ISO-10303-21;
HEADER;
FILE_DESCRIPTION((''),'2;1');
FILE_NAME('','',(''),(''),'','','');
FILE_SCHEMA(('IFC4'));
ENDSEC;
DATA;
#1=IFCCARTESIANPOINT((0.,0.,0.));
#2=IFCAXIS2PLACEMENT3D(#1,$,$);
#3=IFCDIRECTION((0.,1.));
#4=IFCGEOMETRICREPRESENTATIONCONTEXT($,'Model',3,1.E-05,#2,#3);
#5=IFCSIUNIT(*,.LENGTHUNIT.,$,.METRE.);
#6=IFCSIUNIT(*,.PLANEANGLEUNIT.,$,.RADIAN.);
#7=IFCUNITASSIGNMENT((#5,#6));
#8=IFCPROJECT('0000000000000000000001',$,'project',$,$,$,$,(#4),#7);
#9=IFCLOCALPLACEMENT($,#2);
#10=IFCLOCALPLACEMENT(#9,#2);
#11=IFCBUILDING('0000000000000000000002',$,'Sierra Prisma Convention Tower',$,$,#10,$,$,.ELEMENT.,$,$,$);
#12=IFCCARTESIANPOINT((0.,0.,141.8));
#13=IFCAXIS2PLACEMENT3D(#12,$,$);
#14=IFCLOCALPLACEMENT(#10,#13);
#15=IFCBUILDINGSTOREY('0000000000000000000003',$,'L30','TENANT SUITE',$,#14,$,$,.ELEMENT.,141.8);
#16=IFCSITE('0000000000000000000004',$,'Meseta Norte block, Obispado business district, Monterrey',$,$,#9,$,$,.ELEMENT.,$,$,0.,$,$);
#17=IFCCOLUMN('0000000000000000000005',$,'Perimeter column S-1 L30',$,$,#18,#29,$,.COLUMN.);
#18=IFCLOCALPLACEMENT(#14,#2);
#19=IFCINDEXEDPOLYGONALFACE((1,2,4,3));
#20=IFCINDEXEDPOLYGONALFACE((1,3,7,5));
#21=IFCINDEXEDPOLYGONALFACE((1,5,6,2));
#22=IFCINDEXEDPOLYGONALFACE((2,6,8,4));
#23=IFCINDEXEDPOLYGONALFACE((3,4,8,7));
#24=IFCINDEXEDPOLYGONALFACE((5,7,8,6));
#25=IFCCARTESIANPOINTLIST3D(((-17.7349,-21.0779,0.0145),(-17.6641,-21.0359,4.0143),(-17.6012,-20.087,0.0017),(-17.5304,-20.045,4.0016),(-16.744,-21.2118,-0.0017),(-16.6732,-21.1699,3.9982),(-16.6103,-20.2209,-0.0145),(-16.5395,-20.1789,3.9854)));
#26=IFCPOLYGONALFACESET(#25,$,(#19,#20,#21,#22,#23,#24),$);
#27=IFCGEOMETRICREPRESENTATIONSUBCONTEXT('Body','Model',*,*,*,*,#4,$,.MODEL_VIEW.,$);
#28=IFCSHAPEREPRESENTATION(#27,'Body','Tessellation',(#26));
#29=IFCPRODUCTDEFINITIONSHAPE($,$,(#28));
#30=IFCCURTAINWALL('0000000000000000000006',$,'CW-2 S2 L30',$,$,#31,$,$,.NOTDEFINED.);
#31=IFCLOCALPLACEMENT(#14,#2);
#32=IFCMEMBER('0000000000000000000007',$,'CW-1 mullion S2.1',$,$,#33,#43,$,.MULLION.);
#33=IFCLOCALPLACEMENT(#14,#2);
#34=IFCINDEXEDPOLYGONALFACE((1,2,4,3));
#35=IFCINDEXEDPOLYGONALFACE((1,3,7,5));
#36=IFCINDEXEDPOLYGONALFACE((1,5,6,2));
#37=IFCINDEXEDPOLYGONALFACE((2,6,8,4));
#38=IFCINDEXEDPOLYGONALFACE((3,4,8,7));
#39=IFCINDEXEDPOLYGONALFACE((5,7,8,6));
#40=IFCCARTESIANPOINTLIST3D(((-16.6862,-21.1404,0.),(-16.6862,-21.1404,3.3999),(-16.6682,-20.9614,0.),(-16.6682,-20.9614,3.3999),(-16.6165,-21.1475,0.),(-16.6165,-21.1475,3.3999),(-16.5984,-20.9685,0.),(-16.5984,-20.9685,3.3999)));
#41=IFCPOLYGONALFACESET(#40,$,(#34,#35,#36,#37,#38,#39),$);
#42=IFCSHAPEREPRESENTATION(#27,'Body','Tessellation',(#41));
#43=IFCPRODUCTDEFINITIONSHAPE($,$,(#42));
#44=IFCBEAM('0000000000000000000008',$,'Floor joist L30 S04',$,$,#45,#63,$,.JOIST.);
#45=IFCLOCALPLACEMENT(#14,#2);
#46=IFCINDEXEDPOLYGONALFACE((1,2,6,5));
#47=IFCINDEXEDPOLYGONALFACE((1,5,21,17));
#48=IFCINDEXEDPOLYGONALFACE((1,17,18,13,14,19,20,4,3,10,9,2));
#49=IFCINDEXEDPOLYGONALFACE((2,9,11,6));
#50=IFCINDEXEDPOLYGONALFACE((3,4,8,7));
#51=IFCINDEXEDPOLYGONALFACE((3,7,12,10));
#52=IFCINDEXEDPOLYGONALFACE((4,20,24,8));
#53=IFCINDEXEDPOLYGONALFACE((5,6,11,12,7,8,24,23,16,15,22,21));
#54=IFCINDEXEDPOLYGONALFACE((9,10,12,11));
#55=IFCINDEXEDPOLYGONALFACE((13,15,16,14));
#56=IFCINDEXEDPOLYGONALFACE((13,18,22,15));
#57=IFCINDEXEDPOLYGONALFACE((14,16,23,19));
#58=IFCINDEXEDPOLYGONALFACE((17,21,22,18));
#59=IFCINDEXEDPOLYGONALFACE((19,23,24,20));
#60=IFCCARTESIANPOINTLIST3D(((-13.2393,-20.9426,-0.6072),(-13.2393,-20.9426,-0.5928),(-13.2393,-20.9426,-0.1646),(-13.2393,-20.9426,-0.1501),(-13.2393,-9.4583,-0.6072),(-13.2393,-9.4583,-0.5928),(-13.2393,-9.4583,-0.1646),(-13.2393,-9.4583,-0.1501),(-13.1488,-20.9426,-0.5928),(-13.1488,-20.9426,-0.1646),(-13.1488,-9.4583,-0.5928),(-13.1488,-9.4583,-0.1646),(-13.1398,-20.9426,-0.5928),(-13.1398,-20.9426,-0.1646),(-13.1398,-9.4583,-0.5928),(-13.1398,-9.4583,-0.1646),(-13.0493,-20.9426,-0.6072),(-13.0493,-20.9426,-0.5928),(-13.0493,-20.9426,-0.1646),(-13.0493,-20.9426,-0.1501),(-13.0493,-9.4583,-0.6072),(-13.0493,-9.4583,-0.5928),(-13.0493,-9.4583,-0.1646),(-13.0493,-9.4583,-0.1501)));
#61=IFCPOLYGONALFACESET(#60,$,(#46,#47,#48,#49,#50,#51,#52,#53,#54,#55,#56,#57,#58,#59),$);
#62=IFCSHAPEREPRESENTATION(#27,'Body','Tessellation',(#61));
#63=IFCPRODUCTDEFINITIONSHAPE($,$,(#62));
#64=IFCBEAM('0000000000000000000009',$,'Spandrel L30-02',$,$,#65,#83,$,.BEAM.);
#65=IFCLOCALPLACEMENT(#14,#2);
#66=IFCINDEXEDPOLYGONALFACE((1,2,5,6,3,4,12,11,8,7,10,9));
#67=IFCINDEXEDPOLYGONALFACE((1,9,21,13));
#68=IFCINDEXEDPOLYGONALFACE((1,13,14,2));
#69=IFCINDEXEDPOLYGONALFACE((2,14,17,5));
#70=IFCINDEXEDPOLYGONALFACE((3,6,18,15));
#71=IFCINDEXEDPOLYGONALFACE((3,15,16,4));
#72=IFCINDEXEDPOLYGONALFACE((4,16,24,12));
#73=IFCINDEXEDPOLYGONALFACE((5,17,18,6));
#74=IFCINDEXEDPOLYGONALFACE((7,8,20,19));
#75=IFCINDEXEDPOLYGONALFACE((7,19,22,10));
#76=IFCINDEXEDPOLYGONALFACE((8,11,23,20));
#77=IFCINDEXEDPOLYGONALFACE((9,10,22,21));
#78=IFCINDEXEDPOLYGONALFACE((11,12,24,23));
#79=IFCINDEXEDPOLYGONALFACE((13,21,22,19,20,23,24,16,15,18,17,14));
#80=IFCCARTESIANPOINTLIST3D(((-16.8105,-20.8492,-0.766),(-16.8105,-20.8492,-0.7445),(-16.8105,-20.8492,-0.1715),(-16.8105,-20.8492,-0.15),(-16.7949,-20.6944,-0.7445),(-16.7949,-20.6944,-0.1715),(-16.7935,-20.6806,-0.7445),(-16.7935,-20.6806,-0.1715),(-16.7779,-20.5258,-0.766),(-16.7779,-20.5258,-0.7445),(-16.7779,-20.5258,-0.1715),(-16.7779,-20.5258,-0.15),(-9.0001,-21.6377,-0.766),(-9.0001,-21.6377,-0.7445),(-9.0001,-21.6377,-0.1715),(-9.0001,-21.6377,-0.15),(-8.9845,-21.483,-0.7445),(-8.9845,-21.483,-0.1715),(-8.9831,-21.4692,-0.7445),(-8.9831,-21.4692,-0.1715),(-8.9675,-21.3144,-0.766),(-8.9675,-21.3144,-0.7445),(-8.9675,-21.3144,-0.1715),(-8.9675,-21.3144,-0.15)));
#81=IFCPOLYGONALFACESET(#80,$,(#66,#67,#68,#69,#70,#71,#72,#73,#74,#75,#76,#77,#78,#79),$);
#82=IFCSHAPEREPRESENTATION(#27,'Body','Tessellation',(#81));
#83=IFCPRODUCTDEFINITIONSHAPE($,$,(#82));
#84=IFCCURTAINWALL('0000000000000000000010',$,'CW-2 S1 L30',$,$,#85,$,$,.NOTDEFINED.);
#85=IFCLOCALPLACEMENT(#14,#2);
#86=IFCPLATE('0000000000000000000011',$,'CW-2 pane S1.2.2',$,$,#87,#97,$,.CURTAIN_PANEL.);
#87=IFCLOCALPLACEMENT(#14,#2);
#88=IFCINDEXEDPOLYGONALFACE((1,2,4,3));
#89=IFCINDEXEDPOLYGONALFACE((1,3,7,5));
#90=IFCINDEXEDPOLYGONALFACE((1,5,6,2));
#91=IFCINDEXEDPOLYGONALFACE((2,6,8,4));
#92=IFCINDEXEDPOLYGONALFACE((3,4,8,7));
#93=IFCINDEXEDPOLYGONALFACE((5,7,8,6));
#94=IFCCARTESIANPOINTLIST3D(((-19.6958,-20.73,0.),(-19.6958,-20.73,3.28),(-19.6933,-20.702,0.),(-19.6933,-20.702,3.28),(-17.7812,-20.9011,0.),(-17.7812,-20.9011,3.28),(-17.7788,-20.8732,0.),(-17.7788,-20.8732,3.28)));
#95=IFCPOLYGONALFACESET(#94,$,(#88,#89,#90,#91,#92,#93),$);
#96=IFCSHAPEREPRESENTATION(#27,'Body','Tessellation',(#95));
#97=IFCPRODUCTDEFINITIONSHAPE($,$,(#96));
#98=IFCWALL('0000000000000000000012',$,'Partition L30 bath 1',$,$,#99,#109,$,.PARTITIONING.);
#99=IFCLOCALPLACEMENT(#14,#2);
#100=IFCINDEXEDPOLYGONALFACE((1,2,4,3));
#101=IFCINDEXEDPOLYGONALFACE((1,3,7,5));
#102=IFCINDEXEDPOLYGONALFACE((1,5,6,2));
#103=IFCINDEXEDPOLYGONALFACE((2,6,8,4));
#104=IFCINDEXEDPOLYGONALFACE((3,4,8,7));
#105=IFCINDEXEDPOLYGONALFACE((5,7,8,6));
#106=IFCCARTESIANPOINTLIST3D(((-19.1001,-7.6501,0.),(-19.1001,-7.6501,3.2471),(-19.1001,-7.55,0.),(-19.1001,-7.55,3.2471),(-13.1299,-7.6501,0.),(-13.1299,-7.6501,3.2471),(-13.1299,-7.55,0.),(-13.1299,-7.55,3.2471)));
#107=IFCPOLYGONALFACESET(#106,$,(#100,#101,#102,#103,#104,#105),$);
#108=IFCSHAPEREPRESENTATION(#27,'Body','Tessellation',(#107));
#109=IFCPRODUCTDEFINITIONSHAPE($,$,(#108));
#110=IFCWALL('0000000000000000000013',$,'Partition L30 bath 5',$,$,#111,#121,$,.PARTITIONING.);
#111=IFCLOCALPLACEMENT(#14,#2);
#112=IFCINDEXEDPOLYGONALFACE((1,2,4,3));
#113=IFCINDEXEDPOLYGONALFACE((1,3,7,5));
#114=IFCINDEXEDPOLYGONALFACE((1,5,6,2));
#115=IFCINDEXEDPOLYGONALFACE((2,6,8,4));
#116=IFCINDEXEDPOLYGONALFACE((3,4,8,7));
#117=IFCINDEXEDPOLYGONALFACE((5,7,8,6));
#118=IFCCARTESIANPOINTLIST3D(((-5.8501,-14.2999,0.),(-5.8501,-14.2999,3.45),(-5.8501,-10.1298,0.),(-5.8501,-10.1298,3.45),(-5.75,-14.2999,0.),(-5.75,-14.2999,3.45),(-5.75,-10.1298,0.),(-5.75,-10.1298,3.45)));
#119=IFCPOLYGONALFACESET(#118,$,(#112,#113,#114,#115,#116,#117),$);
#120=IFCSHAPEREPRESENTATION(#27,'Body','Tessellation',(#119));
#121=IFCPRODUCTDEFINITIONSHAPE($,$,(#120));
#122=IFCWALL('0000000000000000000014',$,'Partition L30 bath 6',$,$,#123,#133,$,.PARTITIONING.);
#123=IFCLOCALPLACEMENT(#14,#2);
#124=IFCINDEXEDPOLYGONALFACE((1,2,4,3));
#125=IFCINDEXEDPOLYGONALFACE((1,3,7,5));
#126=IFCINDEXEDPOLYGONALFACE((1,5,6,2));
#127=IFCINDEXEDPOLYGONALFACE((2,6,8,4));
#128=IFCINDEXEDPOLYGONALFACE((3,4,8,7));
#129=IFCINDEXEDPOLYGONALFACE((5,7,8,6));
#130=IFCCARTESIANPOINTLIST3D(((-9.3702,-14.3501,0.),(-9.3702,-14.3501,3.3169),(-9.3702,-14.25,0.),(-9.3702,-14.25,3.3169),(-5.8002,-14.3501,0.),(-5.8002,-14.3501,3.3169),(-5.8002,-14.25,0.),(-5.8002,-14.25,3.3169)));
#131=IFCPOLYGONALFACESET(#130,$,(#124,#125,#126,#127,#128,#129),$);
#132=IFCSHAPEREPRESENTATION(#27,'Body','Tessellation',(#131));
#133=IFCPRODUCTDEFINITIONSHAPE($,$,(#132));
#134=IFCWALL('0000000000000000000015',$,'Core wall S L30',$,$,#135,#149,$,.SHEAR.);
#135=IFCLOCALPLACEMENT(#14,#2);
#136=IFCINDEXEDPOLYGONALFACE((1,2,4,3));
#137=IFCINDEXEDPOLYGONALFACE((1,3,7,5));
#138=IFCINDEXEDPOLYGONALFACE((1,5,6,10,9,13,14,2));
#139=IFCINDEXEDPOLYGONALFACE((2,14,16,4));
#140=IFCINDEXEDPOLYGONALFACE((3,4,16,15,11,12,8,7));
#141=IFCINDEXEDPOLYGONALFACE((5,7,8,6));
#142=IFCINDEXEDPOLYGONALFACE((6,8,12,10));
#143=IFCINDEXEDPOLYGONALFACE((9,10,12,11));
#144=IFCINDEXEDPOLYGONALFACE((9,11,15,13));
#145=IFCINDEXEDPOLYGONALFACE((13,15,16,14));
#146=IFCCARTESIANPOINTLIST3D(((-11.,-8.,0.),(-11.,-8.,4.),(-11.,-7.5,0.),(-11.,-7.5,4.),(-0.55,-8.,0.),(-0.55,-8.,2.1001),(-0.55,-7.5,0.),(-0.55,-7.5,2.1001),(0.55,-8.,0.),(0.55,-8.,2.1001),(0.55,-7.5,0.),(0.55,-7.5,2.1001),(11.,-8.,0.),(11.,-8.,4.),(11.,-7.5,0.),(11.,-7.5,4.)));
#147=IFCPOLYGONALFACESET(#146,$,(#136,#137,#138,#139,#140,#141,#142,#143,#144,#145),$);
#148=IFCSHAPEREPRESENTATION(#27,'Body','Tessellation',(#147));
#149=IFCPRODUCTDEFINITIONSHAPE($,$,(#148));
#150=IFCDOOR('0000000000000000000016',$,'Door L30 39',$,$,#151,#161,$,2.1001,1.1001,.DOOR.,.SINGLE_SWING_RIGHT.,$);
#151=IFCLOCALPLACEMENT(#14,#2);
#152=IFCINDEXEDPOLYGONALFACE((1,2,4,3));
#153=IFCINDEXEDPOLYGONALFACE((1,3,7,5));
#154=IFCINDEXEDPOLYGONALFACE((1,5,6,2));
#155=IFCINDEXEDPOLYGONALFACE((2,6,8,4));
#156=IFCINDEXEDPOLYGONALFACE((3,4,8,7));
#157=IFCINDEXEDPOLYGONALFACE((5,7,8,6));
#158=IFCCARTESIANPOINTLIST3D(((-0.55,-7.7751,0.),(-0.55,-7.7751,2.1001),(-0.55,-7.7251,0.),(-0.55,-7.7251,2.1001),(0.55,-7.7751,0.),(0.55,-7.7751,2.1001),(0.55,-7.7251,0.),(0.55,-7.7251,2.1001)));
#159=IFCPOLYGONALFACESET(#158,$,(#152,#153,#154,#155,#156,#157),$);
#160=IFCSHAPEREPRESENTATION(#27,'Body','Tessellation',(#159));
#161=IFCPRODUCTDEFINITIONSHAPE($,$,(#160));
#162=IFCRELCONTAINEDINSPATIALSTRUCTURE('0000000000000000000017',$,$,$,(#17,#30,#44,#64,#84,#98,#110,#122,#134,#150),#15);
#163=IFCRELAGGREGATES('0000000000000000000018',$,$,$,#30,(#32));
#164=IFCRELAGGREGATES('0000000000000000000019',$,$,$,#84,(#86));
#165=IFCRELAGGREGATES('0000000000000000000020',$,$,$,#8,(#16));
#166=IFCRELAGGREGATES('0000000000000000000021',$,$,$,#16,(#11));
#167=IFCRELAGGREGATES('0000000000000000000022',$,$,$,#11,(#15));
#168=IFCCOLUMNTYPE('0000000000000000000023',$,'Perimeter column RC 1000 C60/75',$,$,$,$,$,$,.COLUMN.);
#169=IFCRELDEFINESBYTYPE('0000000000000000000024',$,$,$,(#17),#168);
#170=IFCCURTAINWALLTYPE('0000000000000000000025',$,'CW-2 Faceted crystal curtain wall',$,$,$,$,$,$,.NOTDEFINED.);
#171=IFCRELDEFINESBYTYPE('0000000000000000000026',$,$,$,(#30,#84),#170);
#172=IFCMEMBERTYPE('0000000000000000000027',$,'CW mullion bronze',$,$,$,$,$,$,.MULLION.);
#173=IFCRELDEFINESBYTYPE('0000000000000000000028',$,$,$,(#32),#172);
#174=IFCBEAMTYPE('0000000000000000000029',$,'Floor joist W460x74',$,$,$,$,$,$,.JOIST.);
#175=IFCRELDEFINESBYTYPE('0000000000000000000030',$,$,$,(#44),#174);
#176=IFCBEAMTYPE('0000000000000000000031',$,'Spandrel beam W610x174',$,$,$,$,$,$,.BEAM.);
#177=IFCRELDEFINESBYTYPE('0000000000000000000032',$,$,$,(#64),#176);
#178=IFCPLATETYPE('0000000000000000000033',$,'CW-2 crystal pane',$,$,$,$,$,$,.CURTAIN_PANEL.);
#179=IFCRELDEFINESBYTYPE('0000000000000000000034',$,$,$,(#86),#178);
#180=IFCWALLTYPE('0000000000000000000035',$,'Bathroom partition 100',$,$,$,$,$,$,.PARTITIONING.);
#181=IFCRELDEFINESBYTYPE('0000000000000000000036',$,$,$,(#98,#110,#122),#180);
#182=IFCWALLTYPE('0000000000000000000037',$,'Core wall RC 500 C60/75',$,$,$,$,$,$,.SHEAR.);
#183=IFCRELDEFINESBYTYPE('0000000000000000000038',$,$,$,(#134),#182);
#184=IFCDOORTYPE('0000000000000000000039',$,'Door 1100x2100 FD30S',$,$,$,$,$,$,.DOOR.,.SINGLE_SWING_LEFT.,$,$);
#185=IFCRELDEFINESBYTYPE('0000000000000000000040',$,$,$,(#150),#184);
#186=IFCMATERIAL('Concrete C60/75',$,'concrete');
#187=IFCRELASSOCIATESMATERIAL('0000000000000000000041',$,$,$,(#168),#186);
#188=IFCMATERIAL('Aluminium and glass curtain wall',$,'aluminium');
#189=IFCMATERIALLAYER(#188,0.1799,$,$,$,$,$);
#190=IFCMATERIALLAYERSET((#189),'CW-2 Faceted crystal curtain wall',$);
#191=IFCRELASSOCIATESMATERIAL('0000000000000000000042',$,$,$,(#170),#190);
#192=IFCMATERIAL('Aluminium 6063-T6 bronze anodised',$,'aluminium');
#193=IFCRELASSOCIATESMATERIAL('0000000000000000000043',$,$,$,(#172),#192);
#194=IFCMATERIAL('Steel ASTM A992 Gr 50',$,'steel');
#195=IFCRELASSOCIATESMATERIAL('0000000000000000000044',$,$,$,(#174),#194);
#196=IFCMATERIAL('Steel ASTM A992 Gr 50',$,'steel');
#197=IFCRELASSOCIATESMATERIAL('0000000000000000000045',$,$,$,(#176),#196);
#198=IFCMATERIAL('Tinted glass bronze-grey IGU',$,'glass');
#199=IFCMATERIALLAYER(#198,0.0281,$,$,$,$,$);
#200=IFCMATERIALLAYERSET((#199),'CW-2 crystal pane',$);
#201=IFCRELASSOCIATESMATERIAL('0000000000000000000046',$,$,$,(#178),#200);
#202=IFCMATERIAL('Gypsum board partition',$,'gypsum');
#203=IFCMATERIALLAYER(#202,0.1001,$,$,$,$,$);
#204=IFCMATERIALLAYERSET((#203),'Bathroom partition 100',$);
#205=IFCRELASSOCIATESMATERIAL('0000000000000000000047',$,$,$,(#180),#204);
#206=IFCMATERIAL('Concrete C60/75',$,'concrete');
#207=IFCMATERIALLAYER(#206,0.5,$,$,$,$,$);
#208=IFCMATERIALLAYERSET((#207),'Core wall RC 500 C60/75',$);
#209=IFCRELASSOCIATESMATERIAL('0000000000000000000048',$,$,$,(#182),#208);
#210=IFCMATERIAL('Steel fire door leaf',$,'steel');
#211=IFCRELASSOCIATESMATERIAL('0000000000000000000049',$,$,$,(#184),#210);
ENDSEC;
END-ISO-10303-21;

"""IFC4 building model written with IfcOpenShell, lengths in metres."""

from ifc_helpers import new_model, si_unit, direction, frame, frame_2d, origin, origin_2d, place, context, subcontext, project, spatial, polyline, rectangle, i_section, outline, extrude, material, layer, layer_set, material_profile, profile_set, type_object, element, fill, aggregate, save


model = new_model("IFC4")

# Units and contexts
model_context = context("Model", 3, precision=1e-05, world=origin(), true_north=direction((0.0, 1.0)))
body_context = subcontext(model_context, "Body", "Model", "MODEL_VIEW")
ifc_project = project(units=[si_unit("LENGTHUNIT", "METRE"), si_unit("PLANEANGLEUNIT", "RADIAN")], contexts=[model_context])

# Site, building, storey
site_placement = place(None, origin())
site = spatial("IfcSite", under=ifc_project, at=site_placement, Name="Meseta Norte block, Obispado business district, Monterrey", CompositionType="ELEMENT", RefElevation=0.0)
building_placement = place(site_placement, origin())
building = spatial("IfcBuilding", under=site, at=building_placement, Name="Sierra Prisma Convention Tower", CompositionType="ELEMENT")
storey_placement = place(building_placement, frame((0.0, 0.0, 141.8)))
storey = spatial("IfcBuildingStorey", under=building, at=storey_placement, Name="L30", Description="TENANT SUITE", CompositionType="ELEMENT", Elevation=141.8)

# Column
ifc_material_1 = material(Name="Concrete C60/75", Category="concrete")
ifc_material_profile_1 = material_profile(ifc_material_1, rectangle(XDim=1.0, YDim=1.0, at=origin_2d()), Name="Perimeter column RC 1000 C60/75")
ifc_profile_set_1 = profile_set([ifc_material_profile_1], Name="Concrete C60/75")
column_type = type_object("IfcColumnType", Name="Perimeter column RC 1000 C60/75", PredefinedType="COLUMN", material=ifc_profile_set_1)
column_placement = place(storey_placement, frame((-17.1726, -20.6494, 0.0), z_axis=(0.017696, 0.010496, 0.999788), x_axis=(-0.990861, 0.133919, 0.016133)))
element("IfcColumn", 1, at=column_placement, inside=storey, type_object=column_type, Name="Perimeter column S-1 L30", PredefinedType="COLUMN", context=body_context, shape_type="SweptSolid", body=[
    extrude(rectangle(XDim=1.0, YDim=1.0, at=origin_2d()), origin(), (0.0, 0.0, 1.0), 4.0007),
])

# Curtain wall, member
ifc_material_2 = material(Name="Aluminium and glass curtain wall", Category="aluminium")
ifc_layer_1 = layer(ifc_material_2, 0.1799)
ifc_layer_set_1 = layer_set([ifc_layer_1], Name="CW-2 Faceted crystal curtain wall")
curtain_wall_type = type_object("IfcCurtainWallType", Name="CW-2 Faceted crystal curtain wall", PredefinedType="NOTDEFINED", material=ifc_layer_set_1)
curtain_wall_1_placement = place(storey_placement, origin())
curtain_wall_1 = element("IfcCurtainWall", 2, at=curtain_wall_1_placement, inside=storey, type_object=curtain_wall_type, Name="CW-2 S2 L30", PredefinedType="NOTDEFINED")
ifc_material_3 = material(Name="Aluminium 6063-T6 bronze anodised", Category="aluminium")
ifc_material_profile_2 = material_profile(ifc_material_3, rectangle(XDim=0.1799, YDim=0.0701, at=origin_2d()), Name="ALU MULLION 70x180")
ifc_profile_set_2 = profile_set([ifc_material_profile_2], Name="Aluminium 6063-T6 bronze anodised")
member_type = type_object("IfcMemberType", Name="CW mullion bronze", PredefinedType="MULLION", material=ifc_profile_set_2)
member_placement = place(storey_placement, frame((-16.6423, -21.0544, 0.0), z_axis=(0.0, 0.0, 1.0), x_axis=(0.100439, 0.994943, 0.0)))
member = element("IfcMember", 3, at=member_placement, type_object=member_type, Name="CW-1 mullion S2.1", PredefinedType="MULLION", context=body_context, shape_type="SweptSolid", body=[
    extrude(rectangle(XDim=0.1799, YDim=0.0701, at=origin_2d()), origin(), (0.0, 0.0, 1.0), 3.3999),
])
aggregate(curtain_wall_1, [member])

# Beams
ifc_material_4 = material(Name="Steel ASTM A992 Gr 50", Category="steel")
ifc_material_profile_3 = material_profile(ifc_material_4, i_section(OverallWidth=0.1899, OverallDepth=0.457, WebThickness=0.009, FlangeThickness=0.0144, at=origin_2d()), Name="W460x74")
ifc_profile_set_3 = profile_set([ifc_material_profile_3], Name="Steel ASTM A992 Gr 50")
beam_type_1 = type_object("IfcBeamType", Name="Floor joist W460x74", PredefinedType="JOIST", material=ifc_profile_set_3)
beam_1_placement = place(storey_placement, frame((-13.1443, -20.9426, -0.3787), z_axis=(0.0, 1.0, 0.0), x_axis=(-1.0, 0.0, 0.0)))
element("IfcBeam", 4, at=beam_1_placement, inside=storey, type_object=beam_type_1, Name="Floor joist L30 S04", PredefinedType="JOIST", context=body_context, shape_type="SweptSolid", body=[
    extrude(i_section(OverallWidth=0.1899, OverallDepth=0.457, WebThickness=0.009, FlangeThickness=0.0144, at=origin_2d()), origin(), (0.0, 0.0, 1.0), 11.4844),
])
ifc_material_5 = material(Name="Steel ASTM A992 Gr 50", Category="steel")
ifc_material_profile_4 = material_profile(ifc_material_5, i_section(OverallWidth=0.325, OverallDepth=0.616, WebThickness=0.0139, FlangeThickness=0.0215, at=origin_2d()), Name="W610x174")
ifc_profile_set_4 = profile_set([ifc_material_profile_4], Name="Steel ASTM A992 Gr 50")
beam_type_2 = type_object("IfcBeamType", Name="Spandrel beam W610x174", PredefinedType="BEAM", material=ifc_profile_set_4)
beam_2_placement = place(storey_placement, frame((-16.7942, -20.6875, -0.458), z_axis=(0.994942, -0.100455, 0.0), x_axis=(0.100455, 0.994942, 0.0)))
element("IfcBeam", 5, at=beam_2_placement, inside=storey, type_object=beam_type_2, Name="Spandrel L30-02", PredefinedType="BEAM", context=body_context, shape_type="SweptSolid", body=[
    extrude(i_section(OverallWidth=0.325, OverallDepth=0.616, WebThickness=0.0139, FlangeThickness=0.0215, at=origin_2d()), origin(), (0.0, 0.0, 1.0), 7.8501),
])

# Curtain wall, plate
curtain_wall_2_placement = place(storey_placement, origin())
curtain_wall_2 = element("IfcCurtainWall", 6, at=curtain_wall_2_placement, inside=storey, type_object=curtain_wall_type, Name="CW-2 S1 L30", PredefinedType="NOTDEFINED")
ifc_material_6 = material(Name="Tinted glass bronze-grey IGU", Category="glass")
ifc_layer_2 = layer(ifc_material_6, 0.0281)
ifc_layer_set_2 = layer_set([ifc_layer_2], Name="CW-2 crystal pane")
plate_type = type_object("IfcPlateType", Name="CW-2 crystal pane", PredefinedType="CURTAIN_PANEL", material=ifc_layer_set_2)
plate_placement = place(storey_placement, frame((-17.7812, -20.9011, 0.0), z_axis=(-0.089035, -0.996028, 0.0), x_axis=(-0.996028, 0.089035, 0.0)))
plate = element("IfcPlate", 7, at=plate_placement, type_object=plate_type, Name="CW-2 pane S1.2.2", PredefinedType="CURTAIN_PANEL", context=body_context, shape_type="SweptSolid", body=[
    extrude(outline(polyline([(0.0, 0.0), (1.9222, 0.0), (1.9222, -3.28), (0.0, -3.28), (0.0, 0.0)])), origin(), (0.0, 0.0, -1.0), 0.0281),
])
aggregate(curtain_wall_2, [plate])

# Walls
ifc_material_7 = material(Name="Gypsum board partition", Category="gypsum")
ifc_layer_3 = layer(ifc_material_7, 0.1001)
ifc_layer_set_3 = layer_set([ifc_layer_3], Name="Bathroom partition 100")
wall_type_1 = type_object("IfcWallType", Name="Bathroom partition 100", PredefinedType="PARTITIONING", material=ifc_layer_set_3)
wall_1_placement = place(storey_placement, frame((-13.1299, -7.6001, 0.0), z_axis=(0.0, 0.0, 1.0), x_axis=(-1.0, 0.0, 0.0)))
element("IfcWall", 8, at=wall_1_placement, inside=storey, type_object=wall_type_1, Name="Partition L30 bath 1", PredefinedType="PARTITIONING", context=body_context, shape_type="SweptSolid", body=[
    extrude(rectangle(XDim=5.9702, YDim=0.1001, at=frame_2d((2.9851, 0.0))), origin(), (0.0, 0.0, 1.0), 3.2471),
])
wall_2_placement = place(storey_placement, frame((-5.8, -10.1299, 0.0), z_axis=(0.0, 0.0, 1.0), x_axis=(0.0, -1.0, 0.0)))
element("IfcWall", 9, at=wall_2_placement, inside=storey, type_object=wall_type_1, Name="Partition L30 bath 5", PredefinedType="PARTITIONING", context=body_context, shape_type="SweptSolid", body=[
    extrude(rectangle(XDim=4.1702, YDim=0.1001, at=frame_2d((2.085, 0.0))), origin(), (0.0, 0.0, 1.0), 3.45),
])
wall_3_placement = place(storey_placement, frame((-5.8, -14.3, 0.0), z_axis=(0.0, 0.0, 1.0), x_axis=(-1.0, 0.0, 0.0)))
element("IfcWall", 10, at=wall_3_placement, inside=storey, type_object=wall_type_1, Name="Partition L30 bath 6", PredefinedType="PARTITIONING", context=body_context, shape_type="SweptSolid", body=[
    extrude(rectangle(XDim=3.5701, YDim=0.1001, at=frame_2d((1.7852, 0.0))), origin(), (0.0, 0.0, 1.0), 3.3169),
])

# Wall, opening, door
ifc_material_8 = material(Name="Concrete C60/75", Category="concrete")
ifc_layer_4 = layer(ifc_material_8, 0.5)
ifc_layer_set_4 = layer_set([ifc_layer_4], Name="Core wall RC 500 C60/75")
wall_type_2 = type_object("IfcWallType", Name="Core wall RC 500 C60/75", PredefinedType="SHEAR", material=ifc_layer_set_4)
wall_4_placement = place(storey_placement, frame((-11.0, -7.75, 0.0), z_axis=(0.0, 0.0, 1.0), x_axis=(1.0, 0.0, 0.0)))
wall_4 = element("IfcWall", 11, at=wall_4_placement, inside=storey, type_object=wall_type_2, Name="Core wall S L30", PredefinedType="SHEAR", context=body_context, shape_type="SweptSolid", body=[
    extrude(rectangle(XDim=22.0, YDim=0.5, at=frame_2d((11.0, 0.0))), origin(), (0.0, 0.0, 1.0), 4.0),
])
opening_1_placement = place(wall_4_placement, frame((10.45, 0.0, 0.0)))
opening_1 = element("IfcOpeningElement", 12, at=opening_1_placement, cuts=wall_4, PredefinedType="OPENING", context=body_context, shape_type="SweptSolid", body=[
    extrude(rectangle(XDim=1.1001, YDim=2.1001, at=frame_2d((0.55, 1.05))), frame((0.0, 0.25, 0.0), z_axis=(0.0, -1.0, 0.0), x_axis=(1.0, 0.0, 0.0)), (0.0, 0.0, 1.0), 0.5),
])
ifc_material_9 = material(Name="Steel fire door leaf", Category="steel")
door_type_1 = type_object("IfcDoorType", Name="Door 1100x2100 FD30S", OperationType="SINGLE_SWING_LEFT", PredefinedType="DOOR", material=ifc_material_9)
door_1_placement = place(opening_1_placement, origin())
door_1 = element("IfcDoor", 13, at=door_1_placement, inside=storey, type_object=door_type_1, Name="Door L30 39", OperationType="SINGLE_SWING_RIGHT", OverallHeight=2.1001, OverallWidth=1.1001, PredefinedType="DOOR", context=body_context, shape_type="SweptSolid", body=[
    extrude(rectangle(XDim=1.1001, YDim=2.1001, at=frame_2d((0.55, 1.05))), frame((0.0, 0.0249, 0.0), z_axis=(0.0, -1.0, 0.0), x_axis=(1.0, 0.0, 0.0)), (0.0, 0.0, 1.0), 0.05),
])
fill(opening_1, door_1)

save(model, "model.ifc")
